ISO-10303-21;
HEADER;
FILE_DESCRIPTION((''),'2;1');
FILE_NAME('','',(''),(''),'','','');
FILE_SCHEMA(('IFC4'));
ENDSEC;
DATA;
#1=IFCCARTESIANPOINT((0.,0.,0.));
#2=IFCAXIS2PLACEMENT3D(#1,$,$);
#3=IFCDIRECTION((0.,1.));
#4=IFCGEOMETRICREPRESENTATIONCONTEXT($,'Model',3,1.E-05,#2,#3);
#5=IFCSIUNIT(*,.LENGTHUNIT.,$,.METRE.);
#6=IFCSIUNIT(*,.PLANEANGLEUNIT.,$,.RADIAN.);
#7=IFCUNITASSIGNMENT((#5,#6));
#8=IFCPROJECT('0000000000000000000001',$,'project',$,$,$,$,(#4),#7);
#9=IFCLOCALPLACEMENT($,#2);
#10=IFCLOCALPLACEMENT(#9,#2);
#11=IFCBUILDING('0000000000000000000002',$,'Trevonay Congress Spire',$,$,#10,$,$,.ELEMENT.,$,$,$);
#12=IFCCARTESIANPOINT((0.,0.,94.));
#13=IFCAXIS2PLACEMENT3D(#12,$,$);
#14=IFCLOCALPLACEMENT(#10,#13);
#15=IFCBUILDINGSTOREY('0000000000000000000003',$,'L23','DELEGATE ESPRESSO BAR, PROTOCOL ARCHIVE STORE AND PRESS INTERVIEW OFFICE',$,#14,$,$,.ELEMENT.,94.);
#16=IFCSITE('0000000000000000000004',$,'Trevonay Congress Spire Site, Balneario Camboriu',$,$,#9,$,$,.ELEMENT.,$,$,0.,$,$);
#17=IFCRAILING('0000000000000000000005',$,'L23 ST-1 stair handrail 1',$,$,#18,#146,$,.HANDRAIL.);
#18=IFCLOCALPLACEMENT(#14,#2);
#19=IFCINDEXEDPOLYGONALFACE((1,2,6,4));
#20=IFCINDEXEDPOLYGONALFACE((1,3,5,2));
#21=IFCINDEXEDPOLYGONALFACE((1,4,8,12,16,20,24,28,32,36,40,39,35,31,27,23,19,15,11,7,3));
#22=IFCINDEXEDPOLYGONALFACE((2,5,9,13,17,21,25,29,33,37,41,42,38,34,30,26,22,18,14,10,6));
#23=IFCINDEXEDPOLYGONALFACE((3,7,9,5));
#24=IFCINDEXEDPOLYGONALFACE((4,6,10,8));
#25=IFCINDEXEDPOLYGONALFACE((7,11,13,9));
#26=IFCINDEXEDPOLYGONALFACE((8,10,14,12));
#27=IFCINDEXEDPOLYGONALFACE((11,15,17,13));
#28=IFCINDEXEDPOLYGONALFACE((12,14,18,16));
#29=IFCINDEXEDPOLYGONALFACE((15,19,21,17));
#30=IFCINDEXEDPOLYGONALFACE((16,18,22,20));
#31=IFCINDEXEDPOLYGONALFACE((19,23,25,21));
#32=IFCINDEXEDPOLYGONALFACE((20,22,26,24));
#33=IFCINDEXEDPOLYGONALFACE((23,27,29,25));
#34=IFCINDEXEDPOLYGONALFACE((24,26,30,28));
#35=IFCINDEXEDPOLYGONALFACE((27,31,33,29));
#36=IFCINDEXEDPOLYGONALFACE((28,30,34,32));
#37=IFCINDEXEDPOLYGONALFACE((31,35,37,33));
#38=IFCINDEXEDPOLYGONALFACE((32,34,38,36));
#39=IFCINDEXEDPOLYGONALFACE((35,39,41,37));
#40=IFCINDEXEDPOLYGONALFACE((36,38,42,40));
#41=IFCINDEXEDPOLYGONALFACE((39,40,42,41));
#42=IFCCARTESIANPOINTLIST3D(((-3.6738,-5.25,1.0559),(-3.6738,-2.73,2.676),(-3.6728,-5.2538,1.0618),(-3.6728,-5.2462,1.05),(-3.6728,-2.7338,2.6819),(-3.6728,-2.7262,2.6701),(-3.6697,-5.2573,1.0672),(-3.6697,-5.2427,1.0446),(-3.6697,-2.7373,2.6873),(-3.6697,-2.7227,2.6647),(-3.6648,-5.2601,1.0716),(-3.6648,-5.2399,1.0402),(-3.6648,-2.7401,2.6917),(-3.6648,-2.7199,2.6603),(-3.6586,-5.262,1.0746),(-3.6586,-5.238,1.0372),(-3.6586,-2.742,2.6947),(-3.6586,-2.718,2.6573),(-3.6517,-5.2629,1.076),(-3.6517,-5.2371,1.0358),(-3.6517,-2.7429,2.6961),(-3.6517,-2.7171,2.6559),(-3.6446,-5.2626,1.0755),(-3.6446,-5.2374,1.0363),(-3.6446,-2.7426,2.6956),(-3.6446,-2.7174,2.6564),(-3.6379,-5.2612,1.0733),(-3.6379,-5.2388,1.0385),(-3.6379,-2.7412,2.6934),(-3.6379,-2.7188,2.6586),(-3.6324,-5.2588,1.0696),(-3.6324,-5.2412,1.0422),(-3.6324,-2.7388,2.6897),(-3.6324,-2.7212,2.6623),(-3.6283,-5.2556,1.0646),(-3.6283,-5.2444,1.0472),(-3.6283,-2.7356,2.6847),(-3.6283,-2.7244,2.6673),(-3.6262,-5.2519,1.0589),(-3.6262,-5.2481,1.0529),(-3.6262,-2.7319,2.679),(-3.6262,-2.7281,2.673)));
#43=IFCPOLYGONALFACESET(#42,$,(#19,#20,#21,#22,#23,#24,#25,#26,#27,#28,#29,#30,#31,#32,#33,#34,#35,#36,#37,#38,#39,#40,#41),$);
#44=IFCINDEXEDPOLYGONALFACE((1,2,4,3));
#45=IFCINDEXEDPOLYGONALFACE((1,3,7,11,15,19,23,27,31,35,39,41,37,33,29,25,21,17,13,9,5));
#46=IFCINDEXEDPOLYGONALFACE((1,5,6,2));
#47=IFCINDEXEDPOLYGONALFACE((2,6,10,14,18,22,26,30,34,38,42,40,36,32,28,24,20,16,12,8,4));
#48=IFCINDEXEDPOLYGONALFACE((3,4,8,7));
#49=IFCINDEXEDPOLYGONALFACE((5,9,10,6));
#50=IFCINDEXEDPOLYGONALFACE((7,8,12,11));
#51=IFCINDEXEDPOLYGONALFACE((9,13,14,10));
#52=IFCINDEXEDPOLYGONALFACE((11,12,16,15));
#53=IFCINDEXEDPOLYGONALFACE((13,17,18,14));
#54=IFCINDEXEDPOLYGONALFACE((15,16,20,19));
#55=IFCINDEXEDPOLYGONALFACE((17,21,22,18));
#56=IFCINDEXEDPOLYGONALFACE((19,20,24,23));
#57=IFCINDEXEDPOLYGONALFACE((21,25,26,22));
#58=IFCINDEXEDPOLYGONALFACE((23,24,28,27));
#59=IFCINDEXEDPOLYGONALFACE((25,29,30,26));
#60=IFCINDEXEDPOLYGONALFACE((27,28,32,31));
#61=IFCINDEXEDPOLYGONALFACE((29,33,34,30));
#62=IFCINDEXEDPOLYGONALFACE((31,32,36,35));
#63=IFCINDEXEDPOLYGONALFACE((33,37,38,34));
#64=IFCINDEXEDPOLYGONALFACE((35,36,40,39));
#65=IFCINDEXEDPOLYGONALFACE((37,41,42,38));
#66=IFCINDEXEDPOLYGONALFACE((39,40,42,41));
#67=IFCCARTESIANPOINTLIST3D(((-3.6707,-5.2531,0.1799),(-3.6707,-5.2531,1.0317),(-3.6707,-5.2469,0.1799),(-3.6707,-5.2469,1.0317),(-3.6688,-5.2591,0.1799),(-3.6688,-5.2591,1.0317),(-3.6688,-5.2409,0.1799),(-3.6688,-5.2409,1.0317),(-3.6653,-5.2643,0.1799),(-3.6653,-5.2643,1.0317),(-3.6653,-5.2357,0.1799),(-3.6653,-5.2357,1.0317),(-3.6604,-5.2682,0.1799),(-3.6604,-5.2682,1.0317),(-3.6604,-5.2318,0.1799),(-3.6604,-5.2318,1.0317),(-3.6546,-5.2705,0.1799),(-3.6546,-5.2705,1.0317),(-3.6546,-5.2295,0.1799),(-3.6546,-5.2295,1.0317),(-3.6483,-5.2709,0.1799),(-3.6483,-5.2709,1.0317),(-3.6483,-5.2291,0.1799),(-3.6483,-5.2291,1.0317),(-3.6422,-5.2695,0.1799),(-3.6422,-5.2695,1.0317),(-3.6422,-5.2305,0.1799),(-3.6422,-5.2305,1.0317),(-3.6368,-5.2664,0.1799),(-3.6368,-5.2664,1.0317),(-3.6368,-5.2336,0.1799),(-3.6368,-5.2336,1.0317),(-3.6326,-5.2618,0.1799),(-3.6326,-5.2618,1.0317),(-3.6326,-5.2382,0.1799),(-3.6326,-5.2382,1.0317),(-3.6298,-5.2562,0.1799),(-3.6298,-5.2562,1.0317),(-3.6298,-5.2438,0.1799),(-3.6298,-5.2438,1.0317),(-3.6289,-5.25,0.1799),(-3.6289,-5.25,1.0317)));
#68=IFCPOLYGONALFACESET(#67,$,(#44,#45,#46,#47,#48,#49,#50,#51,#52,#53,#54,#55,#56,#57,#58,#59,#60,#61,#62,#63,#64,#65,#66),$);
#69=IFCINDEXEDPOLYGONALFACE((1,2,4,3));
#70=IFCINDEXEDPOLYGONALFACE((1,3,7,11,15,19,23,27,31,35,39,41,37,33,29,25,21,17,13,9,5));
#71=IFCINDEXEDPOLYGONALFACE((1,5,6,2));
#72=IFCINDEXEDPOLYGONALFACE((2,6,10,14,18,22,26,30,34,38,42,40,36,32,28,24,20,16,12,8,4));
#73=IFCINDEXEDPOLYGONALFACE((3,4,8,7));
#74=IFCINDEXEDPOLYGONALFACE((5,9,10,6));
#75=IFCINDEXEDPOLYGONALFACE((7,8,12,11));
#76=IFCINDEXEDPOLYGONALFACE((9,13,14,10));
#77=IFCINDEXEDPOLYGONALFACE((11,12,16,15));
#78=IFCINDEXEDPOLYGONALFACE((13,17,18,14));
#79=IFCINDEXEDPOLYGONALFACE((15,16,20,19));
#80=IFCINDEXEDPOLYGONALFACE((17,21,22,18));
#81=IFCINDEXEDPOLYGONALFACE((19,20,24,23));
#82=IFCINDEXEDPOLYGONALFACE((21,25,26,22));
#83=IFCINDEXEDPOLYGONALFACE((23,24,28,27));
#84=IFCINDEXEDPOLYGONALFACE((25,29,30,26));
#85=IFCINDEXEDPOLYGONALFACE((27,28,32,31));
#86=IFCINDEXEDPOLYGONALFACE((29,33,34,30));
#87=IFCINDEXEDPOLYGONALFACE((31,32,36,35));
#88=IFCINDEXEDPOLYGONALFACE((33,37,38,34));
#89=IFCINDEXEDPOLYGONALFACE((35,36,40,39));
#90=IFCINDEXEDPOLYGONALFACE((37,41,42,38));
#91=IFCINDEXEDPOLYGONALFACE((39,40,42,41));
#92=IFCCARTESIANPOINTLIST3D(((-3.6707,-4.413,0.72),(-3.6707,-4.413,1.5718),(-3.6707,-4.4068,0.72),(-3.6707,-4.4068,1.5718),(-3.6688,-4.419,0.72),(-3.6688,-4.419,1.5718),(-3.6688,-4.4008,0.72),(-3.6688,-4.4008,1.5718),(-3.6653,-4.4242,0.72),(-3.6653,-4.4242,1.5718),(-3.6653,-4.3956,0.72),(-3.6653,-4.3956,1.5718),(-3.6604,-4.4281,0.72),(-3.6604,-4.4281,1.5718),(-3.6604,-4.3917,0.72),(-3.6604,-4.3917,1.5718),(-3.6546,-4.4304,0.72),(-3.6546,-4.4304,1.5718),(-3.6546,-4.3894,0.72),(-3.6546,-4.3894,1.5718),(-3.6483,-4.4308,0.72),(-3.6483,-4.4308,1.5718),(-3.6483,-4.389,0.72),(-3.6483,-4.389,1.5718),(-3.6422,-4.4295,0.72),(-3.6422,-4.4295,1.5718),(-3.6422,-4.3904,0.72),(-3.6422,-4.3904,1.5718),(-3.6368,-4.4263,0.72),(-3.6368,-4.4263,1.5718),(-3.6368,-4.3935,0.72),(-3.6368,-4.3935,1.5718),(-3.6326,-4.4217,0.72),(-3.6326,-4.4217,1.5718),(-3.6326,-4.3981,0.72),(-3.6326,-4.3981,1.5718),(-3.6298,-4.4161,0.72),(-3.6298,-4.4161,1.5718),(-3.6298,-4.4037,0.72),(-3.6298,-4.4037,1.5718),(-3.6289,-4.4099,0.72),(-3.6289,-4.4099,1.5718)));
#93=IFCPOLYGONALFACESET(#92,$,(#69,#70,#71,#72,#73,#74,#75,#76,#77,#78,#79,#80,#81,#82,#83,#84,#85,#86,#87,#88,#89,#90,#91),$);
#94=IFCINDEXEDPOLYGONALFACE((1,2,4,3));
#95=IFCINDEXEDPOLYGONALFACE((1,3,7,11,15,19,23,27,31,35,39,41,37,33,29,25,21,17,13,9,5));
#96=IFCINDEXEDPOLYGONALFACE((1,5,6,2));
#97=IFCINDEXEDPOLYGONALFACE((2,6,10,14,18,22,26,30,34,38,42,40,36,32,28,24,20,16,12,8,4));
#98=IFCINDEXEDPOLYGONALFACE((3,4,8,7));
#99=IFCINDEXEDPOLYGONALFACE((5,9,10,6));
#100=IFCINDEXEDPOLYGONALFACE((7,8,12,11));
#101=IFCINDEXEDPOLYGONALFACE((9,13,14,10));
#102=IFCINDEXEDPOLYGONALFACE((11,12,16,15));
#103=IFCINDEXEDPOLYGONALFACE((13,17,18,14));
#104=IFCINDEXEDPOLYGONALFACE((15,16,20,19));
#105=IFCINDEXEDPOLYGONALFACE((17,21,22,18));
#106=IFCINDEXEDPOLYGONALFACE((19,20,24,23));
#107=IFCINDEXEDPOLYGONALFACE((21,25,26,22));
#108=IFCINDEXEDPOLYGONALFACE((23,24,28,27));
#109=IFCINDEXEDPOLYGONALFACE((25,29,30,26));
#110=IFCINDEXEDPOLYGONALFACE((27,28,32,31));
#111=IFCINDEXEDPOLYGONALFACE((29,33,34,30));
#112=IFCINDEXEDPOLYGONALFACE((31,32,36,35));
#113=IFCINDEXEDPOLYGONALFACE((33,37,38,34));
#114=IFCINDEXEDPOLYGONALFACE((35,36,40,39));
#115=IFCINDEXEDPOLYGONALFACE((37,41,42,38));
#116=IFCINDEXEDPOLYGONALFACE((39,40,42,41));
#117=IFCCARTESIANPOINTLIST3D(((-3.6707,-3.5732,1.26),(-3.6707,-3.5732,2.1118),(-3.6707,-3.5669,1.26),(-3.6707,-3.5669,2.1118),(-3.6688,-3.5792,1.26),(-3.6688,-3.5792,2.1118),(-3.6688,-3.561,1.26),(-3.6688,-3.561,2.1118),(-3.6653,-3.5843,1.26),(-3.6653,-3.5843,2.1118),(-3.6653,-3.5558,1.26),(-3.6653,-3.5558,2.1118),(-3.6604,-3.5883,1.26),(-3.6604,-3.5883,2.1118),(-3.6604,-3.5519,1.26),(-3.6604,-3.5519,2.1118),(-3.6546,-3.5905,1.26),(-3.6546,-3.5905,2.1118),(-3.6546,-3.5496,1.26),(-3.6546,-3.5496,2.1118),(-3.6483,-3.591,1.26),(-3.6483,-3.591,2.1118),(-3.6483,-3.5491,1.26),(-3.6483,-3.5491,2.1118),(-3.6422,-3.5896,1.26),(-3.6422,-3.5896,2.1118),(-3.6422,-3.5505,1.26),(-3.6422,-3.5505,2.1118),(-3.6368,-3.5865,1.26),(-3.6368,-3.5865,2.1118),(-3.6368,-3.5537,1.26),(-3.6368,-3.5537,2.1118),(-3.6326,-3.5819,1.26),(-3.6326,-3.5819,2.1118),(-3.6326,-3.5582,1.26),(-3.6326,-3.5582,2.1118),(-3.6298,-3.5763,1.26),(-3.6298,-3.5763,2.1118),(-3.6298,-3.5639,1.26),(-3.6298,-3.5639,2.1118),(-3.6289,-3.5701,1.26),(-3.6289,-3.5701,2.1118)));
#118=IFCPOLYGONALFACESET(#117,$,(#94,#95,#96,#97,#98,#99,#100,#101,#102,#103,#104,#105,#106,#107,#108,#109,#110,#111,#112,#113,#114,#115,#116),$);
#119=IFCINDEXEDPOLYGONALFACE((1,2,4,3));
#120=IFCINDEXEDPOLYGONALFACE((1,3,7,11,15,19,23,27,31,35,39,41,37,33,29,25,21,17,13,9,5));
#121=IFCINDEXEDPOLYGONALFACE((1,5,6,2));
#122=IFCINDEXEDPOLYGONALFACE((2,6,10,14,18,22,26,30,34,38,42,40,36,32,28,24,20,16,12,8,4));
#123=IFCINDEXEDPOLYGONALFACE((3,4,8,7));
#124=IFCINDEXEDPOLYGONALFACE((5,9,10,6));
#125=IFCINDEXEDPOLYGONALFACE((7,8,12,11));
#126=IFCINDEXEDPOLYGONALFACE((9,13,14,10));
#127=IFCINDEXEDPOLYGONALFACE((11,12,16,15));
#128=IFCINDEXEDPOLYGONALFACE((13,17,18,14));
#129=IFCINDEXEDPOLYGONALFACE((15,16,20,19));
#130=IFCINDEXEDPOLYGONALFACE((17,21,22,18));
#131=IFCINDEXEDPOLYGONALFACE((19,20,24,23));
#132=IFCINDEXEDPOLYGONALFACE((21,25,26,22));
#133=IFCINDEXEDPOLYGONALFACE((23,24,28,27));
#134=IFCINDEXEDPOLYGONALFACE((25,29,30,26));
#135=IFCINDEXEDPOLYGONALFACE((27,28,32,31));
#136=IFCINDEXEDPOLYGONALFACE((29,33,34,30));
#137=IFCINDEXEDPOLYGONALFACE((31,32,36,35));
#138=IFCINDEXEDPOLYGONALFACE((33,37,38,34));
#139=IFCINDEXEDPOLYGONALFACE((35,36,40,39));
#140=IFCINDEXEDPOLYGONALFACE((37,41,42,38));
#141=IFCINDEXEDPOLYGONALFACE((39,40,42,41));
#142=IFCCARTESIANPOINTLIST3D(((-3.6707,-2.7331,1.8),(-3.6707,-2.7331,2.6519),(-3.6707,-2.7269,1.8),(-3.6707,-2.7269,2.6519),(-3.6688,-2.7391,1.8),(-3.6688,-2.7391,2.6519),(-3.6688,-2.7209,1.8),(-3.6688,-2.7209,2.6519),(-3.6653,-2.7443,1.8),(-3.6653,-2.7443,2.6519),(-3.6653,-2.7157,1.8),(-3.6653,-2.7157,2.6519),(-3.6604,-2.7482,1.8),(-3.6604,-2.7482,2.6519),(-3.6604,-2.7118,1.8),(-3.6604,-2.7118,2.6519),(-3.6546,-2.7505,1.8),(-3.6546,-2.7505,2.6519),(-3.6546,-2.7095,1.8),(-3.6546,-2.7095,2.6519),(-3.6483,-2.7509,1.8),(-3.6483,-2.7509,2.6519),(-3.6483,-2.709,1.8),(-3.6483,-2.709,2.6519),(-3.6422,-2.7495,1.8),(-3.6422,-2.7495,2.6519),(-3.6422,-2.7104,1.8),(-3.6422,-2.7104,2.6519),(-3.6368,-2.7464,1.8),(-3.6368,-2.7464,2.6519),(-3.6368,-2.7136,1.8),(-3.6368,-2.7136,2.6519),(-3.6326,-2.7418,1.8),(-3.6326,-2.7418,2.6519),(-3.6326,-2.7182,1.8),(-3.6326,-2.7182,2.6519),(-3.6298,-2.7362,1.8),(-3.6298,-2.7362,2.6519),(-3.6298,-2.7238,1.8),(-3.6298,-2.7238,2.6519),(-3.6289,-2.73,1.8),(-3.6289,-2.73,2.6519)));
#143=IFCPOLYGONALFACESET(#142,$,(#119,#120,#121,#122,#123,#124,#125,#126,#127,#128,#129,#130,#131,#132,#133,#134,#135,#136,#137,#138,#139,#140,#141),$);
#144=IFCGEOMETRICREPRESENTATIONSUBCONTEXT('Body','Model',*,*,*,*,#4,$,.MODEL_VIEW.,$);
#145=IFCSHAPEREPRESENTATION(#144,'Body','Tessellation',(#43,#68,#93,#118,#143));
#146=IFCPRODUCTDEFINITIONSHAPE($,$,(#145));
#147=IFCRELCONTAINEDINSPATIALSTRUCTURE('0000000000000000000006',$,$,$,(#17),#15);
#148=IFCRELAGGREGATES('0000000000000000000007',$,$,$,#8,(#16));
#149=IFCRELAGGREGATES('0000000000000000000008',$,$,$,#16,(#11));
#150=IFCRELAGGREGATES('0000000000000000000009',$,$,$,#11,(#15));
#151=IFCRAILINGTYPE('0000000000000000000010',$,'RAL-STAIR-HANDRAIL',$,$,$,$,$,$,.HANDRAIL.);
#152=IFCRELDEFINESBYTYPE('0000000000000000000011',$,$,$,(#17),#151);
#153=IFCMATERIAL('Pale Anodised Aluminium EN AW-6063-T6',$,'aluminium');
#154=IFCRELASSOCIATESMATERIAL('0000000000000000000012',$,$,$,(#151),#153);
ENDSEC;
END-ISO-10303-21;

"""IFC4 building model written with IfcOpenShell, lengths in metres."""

from ifc_helpers import new_model, si_unit, direction, frame, origin, origin_2d, place, context, subcontext, project, spatial, circle, extrude, material, type_object, element, save


model = new_model("IFC4")

# Units and contexts
model_context = context("Model", 3, precision=1e-05, world=origin(), true_north=direction((0.0, 1.0)))
body_context = subcontext(model_context, "Body", "Model", "MODEL_VIEW")
ifc_project = project(units=[si_unit("LENGTHUNIT", "METRE"), si_unit("PLANEANGLEUNIT", "RADIAN")], contexts=[model_context])

# Site, building, storey
site_placement = place(None, origin())
site = spatial("IfcSite", under=ifc_project, at=site_placement, Name="Trevonay Congress Spire Site, Balneario Camboriu", CompositionType="ELEMENT", RefElevation=0.0)
building_placement = place(site_placement, origin())
building = spatial("IfcBuilding", under=site, at=building_placement, Name="Trevonay Congress Spire", CompositionType="ELEMENT")
storey_placement = place(building_placement, frame((0.0, 0.0, 94.0)))
storey = spatial("IfcBuildingStorey", under=building, at=storey_placement, Name="L23", Description="DELEGATE ESPRESSO BAR, PROTOCOL ARCHIVE STORE AND PRESS INTERVIEW OFFICE", CompositionType="ELEMENT", Elevation=94.0)

# Shared definitions
ifc_material_1 = material(Name="Pale Anodised Aluminium EN AW-6063-T6", Category="aluminium")

# Railing
railing_type_1 = type_object("IfcRailingType", Name="RAL-STAIR-HANDRAIL", PredefinedType="HANDRAIL", material=ifc_material_1)
railing_1_placement = place(storey_placement, frame((-3.6499, -5.25, 0.1799)))
element("IfcRailing", 1, at=railing_1_placement, inside=storey, type_object=railing_type_1, Name="L23 ST-1 stair handrail 1", PredefinedType="HANDRAIL", context=body_context, shape_type="SweptSolid", body=[
    extrude(circle(Radius=0.0239, at=origin_2d()), frame((0.0, 0.0, 0.876), z_axis=(0.0, 0.841163, 0.540782), x_axis=(-1.0, 0.0, 0.0)), (0.0, 0.0, 1.0), 2.9958),
    extrude(circle(Radius=0.021, at=origin_2d()), origin(), (0.0, 0.0, 1.0), 0.8518),
    extrude(circle(Radius=0.021, at=origin_2d()), frame((0.0, 0.8401, 0.54)), (0.0, 0.0, 1.0), 0.8518),
    extrude(circle(Radius=0.021, at=origin_2d()), frame((0.0, 1.6799, 1.0801)), (0.0, 0.0, 1.0), 0.8518),
    extrude(circle(Radius=0.021, at=origin_2d()), frame((0.0, 2.52, 1.6201)), (0.0, 0.0, 1.0), 0.8518),
])

save(model, "model.ifc")
